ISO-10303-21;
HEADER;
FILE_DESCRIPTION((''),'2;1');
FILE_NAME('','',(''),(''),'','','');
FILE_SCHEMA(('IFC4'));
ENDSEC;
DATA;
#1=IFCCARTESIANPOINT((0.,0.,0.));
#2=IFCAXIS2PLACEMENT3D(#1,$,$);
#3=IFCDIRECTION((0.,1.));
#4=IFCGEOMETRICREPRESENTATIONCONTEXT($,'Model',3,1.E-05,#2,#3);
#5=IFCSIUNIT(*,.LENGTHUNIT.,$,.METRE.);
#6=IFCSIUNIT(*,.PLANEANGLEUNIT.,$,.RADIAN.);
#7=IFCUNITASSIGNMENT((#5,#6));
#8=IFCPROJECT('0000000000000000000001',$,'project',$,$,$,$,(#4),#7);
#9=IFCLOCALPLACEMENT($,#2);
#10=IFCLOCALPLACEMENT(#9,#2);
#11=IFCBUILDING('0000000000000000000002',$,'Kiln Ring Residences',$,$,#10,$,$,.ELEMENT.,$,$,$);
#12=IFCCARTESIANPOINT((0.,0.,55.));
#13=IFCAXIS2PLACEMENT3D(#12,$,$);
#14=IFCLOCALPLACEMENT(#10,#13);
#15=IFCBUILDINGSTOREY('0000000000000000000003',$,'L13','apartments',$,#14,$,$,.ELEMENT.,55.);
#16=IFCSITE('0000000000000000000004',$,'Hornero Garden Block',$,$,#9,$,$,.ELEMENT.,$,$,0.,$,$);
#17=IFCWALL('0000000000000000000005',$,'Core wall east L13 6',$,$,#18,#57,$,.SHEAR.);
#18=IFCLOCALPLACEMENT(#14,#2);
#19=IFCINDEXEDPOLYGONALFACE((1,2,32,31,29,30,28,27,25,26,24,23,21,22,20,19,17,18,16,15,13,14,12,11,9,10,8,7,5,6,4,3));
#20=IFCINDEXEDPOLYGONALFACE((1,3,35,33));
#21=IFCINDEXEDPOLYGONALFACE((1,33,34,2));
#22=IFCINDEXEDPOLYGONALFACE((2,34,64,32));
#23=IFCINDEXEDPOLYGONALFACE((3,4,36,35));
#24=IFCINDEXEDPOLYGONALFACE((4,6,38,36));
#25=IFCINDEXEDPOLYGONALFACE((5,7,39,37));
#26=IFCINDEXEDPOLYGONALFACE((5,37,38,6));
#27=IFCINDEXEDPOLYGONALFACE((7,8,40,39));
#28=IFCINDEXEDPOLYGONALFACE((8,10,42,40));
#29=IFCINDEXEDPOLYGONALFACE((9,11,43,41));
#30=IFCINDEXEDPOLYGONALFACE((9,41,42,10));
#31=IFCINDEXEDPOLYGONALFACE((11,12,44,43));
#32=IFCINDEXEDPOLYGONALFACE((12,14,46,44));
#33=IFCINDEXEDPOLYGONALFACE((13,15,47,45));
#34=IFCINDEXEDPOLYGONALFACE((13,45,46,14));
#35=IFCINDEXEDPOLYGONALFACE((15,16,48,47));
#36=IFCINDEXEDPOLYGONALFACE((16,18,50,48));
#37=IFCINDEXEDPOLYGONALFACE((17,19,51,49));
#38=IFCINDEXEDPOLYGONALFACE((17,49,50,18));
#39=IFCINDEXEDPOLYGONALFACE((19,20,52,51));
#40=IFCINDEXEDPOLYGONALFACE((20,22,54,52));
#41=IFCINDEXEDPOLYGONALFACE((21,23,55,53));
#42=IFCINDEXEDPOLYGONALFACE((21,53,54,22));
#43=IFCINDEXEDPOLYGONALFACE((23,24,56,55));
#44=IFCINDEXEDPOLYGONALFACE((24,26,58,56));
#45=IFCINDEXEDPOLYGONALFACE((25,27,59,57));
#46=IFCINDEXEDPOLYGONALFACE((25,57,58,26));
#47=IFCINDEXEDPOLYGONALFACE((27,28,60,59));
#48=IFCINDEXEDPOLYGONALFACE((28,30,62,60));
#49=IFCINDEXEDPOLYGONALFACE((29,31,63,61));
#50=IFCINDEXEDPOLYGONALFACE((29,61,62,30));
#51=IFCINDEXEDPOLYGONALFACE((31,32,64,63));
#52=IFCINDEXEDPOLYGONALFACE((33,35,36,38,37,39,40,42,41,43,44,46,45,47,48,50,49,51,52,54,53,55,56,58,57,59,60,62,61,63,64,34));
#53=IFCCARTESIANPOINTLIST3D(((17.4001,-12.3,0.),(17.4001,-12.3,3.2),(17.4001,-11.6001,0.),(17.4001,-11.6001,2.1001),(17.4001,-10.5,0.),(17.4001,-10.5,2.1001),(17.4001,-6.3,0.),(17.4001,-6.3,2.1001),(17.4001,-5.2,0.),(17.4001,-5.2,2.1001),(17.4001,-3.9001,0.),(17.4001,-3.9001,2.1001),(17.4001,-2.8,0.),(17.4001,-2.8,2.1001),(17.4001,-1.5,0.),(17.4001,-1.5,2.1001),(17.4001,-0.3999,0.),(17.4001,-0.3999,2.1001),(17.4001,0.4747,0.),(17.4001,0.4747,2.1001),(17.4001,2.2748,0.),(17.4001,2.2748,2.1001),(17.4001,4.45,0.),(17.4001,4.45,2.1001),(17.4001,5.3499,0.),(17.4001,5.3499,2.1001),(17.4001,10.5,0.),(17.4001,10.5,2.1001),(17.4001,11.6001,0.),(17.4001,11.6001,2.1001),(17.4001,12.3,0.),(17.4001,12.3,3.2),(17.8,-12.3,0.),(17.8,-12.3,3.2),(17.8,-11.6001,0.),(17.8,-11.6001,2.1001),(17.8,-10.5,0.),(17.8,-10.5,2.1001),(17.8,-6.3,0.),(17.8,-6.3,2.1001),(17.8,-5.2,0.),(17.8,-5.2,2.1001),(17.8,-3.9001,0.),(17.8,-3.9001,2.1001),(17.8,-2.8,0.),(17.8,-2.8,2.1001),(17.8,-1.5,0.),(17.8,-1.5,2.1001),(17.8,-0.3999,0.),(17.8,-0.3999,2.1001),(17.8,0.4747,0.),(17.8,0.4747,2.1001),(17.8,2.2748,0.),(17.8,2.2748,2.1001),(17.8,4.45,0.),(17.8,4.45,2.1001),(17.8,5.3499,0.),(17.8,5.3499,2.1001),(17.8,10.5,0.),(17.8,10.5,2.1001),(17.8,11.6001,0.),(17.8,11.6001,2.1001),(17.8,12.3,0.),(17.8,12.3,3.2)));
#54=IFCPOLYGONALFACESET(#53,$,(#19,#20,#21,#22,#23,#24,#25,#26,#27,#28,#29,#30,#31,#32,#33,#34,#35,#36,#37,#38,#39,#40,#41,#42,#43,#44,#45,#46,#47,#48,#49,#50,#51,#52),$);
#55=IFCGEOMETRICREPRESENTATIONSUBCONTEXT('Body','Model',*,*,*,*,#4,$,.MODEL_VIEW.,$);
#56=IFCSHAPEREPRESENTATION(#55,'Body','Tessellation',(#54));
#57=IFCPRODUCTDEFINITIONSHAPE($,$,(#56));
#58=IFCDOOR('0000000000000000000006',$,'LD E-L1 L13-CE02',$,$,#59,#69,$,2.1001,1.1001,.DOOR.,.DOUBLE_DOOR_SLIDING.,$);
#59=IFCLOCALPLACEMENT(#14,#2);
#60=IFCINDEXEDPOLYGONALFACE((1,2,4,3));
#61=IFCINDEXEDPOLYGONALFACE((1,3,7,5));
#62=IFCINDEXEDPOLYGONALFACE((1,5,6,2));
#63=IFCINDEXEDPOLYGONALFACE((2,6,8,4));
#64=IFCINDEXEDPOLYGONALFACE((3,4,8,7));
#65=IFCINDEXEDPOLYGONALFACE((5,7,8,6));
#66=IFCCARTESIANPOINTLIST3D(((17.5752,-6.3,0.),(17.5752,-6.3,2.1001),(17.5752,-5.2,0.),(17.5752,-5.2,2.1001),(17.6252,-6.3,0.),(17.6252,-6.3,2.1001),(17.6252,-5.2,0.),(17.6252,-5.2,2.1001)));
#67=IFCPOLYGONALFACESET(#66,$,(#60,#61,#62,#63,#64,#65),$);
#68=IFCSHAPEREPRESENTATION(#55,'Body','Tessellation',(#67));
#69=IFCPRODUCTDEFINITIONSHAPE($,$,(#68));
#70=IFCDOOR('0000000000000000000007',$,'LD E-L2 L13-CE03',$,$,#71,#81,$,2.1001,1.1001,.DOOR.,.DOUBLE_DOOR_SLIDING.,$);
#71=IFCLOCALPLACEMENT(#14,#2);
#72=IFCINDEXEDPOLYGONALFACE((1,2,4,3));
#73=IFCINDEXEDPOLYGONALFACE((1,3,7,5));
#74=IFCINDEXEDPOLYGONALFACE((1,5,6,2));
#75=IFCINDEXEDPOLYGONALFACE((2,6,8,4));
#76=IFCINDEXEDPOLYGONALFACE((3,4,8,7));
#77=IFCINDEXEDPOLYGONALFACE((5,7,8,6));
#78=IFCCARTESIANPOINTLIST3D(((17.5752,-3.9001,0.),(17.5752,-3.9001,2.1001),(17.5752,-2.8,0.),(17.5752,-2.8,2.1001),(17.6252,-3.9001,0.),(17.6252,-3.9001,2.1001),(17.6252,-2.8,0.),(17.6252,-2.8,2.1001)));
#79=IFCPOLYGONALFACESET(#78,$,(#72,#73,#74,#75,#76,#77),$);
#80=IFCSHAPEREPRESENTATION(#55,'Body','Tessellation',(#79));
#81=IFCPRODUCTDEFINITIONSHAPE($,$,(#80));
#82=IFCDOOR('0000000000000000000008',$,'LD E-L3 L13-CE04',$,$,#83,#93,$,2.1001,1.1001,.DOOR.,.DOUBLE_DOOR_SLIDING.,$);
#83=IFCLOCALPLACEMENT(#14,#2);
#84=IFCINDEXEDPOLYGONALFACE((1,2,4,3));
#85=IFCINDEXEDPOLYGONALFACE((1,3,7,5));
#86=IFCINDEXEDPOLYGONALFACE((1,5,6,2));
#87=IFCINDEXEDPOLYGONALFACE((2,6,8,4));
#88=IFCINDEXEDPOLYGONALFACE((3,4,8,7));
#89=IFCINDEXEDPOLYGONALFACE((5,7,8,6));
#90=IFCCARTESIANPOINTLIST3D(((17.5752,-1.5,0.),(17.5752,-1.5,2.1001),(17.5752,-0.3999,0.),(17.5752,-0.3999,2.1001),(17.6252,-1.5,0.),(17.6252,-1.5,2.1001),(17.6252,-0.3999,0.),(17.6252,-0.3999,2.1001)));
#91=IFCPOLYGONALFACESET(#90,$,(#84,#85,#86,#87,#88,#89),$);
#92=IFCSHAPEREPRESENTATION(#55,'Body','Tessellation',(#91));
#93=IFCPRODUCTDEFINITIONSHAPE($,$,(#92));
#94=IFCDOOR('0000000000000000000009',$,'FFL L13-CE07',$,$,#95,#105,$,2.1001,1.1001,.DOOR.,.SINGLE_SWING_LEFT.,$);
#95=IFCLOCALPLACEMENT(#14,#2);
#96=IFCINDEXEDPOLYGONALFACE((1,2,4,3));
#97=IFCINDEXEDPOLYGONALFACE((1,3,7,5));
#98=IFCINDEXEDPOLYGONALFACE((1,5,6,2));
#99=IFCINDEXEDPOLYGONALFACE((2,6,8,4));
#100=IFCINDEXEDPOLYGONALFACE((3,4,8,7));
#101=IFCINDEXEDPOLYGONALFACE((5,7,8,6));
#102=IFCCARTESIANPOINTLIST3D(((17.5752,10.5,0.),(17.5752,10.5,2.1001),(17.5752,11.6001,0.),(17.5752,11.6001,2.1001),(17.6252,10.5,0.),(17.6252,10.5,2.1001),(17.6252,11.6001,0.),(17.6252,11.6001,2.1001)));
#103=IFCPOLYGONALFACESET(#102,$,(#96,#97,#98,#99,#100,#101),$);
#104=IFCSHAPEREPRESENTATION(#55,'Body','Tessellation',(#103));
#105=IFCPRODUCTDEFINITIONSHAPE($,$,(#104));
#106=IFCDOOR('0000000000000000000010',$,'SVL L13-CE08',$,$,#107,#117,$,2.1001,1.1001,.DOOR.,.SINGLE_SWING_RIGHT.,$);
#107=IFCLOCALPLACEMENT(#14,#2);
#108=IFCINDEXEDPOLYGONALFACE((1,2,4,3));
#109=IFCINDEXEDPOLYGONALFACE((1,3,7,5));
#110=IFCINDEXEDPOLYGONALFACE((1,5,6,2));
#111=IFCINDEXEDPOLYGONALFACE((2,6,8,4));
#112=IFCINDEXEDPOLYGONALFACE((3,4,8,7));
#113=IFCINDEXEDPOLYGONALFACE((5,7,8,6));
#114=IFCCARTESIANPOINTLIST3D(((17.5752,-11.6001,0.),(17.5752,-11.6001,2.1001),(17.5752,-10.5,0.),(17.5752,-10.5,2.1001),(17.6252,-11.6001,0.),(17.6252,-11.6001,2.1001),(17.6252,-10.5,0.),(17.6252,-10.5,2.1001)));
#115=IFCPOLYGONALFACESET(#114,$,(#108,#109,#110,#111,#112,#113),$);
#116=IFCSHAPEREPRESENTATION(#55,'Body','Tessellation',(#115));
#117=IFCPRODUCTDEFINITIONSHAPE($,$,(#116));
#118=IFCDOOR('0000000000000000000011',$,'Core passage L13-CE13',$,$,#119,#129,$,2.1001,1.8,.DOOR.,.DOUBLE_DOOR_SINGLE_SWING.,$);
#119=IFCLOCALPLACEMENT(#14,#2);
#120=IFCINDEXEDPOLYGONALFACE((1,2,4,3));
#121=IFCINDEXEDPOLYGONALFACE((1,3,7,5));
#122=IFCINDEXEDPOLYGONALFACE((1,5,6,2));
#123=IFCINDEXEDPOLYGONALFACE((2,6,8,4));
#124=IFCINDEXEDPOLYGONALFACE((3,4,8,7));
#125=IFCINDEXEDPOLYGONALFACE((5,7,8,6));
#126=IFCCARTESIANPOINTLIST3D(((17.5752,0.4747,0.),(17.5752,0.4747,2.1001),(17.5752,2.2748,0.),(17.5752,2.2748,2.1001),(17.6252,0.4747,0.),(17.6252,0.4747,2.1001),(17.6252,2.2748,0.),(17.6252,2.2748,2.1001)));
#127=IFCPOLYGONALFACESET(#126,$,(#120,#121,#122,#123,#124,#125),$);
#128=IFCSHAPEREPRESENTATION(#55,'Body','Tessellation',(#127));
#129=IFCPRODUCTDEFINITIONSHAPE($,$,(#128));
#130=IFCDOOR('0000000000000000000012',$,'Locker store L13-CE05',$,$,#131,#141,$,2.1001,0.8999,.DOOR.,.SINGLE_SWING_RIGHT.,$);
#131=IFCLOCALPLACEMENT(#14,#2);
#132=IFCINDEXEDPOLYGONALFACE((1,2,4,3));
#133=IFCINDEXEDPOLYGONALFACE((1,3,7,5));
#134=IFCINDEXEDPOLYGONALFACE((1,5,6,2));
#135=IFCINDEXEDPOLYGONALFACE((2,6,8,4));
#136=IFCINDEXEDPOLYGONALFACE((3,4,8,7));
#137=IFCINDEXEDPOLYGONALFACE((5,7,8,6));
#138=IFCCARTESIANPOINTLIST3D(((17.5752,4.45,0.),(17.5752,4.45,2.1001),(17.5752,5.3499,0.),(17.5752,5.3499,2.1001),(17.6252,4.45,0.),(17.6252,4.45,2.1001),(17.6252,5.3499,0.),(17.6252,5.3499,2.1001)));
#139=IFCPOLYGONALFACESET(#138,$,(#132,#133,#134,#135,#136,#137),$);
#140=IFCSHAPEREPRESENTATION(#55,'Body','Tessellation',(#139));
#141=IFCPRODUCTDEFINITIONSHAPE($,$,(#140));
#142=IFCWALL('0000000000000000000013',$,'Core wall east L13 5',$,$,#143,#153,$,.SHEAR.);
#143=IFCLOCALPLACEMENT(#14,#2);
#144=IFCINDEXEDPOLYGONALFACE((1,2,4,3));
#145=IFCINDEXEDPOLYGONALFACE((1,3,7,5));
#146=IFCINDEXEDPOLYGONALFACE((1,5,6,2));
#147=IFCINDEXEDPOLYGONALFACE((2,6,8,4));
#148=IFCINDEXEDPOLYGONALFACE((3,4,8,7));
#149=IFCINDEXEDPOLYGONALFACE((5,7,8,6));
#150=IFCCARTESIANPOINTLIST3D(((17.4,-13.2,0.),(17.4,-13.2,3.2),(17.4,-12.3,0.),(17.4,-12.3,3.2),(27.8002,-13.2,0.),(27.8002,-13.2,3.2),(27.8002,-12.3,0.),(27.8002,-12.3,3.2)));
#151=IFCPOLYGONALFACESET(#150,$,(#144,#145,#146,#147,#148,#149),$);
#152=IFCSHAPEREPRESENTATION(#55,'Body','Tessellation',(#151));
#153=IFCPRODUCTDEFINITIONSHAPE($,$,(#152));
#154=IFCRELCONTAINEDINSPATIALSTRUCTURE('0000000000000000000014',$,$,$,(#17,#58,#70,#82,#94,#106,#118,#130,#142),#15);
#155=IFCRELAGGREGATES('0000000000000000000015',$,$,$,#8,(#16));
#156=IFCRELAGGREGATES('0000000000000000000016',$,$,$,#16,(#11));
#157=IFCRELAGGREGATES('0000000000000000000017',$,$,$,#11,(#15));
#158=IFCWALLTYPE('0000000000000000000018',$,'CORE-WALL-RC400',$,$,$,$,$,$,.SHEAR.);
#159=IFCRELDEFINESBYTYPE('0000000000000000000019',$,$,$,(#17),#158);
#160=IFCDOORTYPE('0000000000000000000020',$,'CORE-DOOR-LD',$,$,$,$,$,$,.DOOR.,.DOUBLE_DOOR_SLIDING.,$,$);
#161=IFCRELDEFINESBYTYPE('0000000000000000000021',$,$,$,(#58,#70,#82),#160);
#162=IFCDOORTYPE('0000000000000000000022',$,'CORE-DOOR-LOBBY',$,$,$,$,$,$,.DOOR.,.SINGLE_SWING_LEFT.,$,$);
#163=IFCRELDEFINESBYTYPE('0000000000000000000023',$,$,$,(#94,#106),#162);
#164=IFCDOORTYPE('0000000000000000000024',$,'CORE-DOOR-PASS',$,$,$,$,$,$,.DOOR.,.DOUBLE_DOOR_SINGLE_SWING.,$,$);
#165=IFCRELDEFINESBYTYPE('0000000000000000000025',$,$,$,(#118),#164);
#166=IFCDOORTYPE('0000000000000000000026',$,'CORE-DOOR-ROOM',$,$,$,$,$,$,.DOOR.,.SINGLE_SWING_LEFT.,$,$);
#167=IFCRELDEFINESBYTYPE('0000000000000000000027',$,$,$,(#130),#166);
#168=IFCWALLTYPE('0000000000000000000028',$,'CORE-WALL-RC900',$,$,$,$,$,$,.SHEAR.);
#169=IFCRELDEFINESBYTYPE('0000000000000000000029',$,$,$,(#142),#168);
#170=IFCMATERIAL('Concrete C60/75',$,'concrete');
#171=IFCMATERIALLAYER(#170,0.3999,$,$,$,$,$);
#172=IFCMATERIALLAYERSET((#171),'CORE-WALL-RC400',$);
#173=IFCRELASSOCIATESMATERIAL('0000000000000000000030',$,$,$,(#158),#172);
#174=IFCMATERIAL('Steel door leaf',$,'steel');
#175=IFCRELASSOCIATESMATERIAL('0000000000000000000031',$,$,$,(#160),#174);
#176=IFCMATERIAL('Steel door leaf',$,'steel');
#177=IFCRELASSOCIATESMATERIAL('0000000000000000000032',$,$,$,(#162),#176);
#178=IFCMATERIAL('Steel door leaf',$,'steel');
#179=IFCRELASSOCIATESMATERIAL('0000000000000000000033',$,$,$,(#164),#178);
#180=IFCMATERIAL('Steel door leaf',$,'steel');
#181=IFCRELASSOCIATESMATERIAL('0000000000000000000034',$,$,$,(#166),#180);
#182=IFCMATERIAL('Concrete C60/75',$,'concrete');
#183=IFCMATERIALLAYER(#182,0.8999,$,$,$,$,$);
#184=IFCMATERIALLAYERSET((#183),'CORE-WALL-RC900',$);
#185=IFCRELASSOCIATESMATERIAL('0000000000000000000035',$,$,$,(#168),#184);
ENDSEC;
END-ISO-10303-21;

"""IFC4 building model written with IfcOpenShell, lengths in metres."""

from ifc_helpers import new_model, si_unit, direction, frame, frame_2d, origin, place, context, subcontext, project, spatial, rectangle, extrude, material, layer, layer_set, type_object, element, fill, save


model = new_model("IFC4")

# Units and contexts
model_context = context("Model", 3, precision=1e-05, world=origin(), true_north=direction((0.0, 1.0)))
body_context = subcontext(model_context, "Body", "Model", "MODEL_VIEW")
ifc_project = project(units=[si_unit("LENGTHUNIT", "METRE"), si_unit("PLANEANGLEUNIT", "RADIAN")], contexts=[model_context])

# Site, building, storey
site_placement = place(None, origin())
site = spatial("IfcSite", under=ifc_project, at=site_placement, Name="Hornero Garden Block", CompositionType="ELEMENT", RefElevation=0.0)
building_placement = place(site_placement, origin())
building = spatial("IfcBuilding", under=site, at=building_placement, Name="Kiln Ring Residences", CompositionType="ELEMENT")
storey_placement = place(building_placement, frame((0.0, 0.0, 55.0)))
storey = spatial("IfcBuildingStorey", under=building, at=storey_placement, Name="L13", Description="apartments", CompositionType="ELEMENT", Elevation=55.0)

# Wall, openings, doors
ifc_material_1 = material(Name="Concrete C60/75", Category="concrete")
ifc_layer_1 = layer(ifc_material_1, 0.3999)
ifc_layer_set_1 = layer_set([ifc_layer_1], Name="CORE-WALL-RC400")
wall_type_1 = type_object("IfcWallType", Name="CORE-WALL-RC400", PredefinedType="SHEAR", material=ifc_layer_set_1)
wall_1_placement = place(storey_placement, frame((17.6001, -12.3, 0.0), z_axis=(0.0, 0.0, 1.0), x_axis=(0.0, 1.0, 0.0)))
wall_1 = element("IfcWall", 1, at=wall_1_placement, inside=storey, type_object=wall_type_1, Name="Core wall east L13 6", PredefinedType="SHEAR", context=body_context, shape_type="SweptSolid", body=[
    extrude(rectangle(XDim=24.6001, YDim=0.3999, at=frame_2d((12.3, 0.0))), origin(), (0.0, 0.0, 1.0), 3.2),
])
opening_1_placement = place(wall_1_placement, frame((6.0, 0.0, 0.0)))
opening_1 = element("IfcOpeningElement", 2, at=opening_1_placement, cuts=wall_1, PredefinedType="OPENING", context=body_context, shape_type="SweptSolid", body=[
    extrude(rectangle(XDim=1.1001, YDim=2.1001, at=frame_2d((0.55, 1.05))), frame((0.0, 0.21, 0.0), z_axis=(0.0, -1.0, 0.0), x_axis=(1.0, 0.0, 0.0)), (0.0, 0.0, 1.0), 0.4199),
])
opening_2_placement = place(wall_1_placement, frame((8.3999, 0.0, 0.0)))
opening_2 = element("IfcOpeningElement", 3, at=opening_2_placement, cuts=wall_1, PredefinedType="OPENING", context=body_context, shape_type="SweptSolid", body=[
    extrude(rectangle(XDim=1.1001, YDim=2.1001, at=frame_2d((0.55, 1.05))), frame((0.0, 0.21, 0.0), z_axis=(0.0, -1.0, 0.0), x_axis=(1.0, 0.0, 0.0)), (0.0, 0.0, 1.0), 0.4199),
])
opening_3_placement = place(wall_1_placement, frame((10.8, 0.0, 0.0)))
opening_3 = element("IfcOpeningElement", 4, at=opening_3_placement, cuts=wall_1, PredefinedType="OPENING", context=body_context, shape_type="SweptSolid", body=[
    extrude(rectangle(XDim=1.1001, YDim=2.1001, at=frame_2d((0.55, 1.05))), frame((0.0, 0.21, 0.0), z_axis=(0.0, -1.0, 0.0), x_axis=(1.0, 0.0, 0.0)), (0.0, 0.0, 1.0), 0.4199),
])
opening_4_placement = place(wall_1_placement, frame((16.75, 0.0, 0.0)))
opening_4 = element("IfcOpeningElement", 5, at=opening_4_placement, cuts=wall_1, PredefinedType="OPENING", context=body_context, shape_type="SweptSolid", body=[
    extrude(rectangle(XDim=0.8999, YDim=2.1001, at=frame_2d((0.45, 1.05))), frame((0.0, 0.21, 0.0), z_axis=(0.0, -1.0, 0.0), x_axis=(1.0, 0.0, 0.0)), (0.0, 0.0, 1.0), 0.4199),
])
opening_5_placement = place(wall_1_placement, frame((22.8, 0.0, 0.0)))
opening_5 = element("IfcOpeningElement", 6, at=opening_5_placement, cuts=wall_1, PredefinedType="OPENING", context=body_context, shape_type="SweptSolid", body=[
    extrude(rectangle(XDim=1.1001, YDim=2.1001, at=frame_2d((0.55, 1.05))), frame((0.0, 0.21, 0.0), z_axis=(0.0, -1.0, 0.0), x_axis=(1.0, 0.0, 0.0)), (0.0, 0.0, 1.0), 0.4199),
])
opening_6_placement = place(wall_1_placement, frame((0.7, 0.0, 0.0)))
opening_6 = element("IfcOpeningElement", 7, at=opening_6_placement, cuts=wall_1, PredefinedType="OPENING", context=body_context, shape_type="SweptSolid", body=[
    extrude(rectangle(XDim=1.1001, YDim=2.1001, at=frame_2d((0.55, 1.05))), frame((0.0, 0.21, 0.0), z_axis=(0.0, -1.0, 0.0), x_axis=(1.0, 0.0, 0.0)), (0.0, 0.0, 1.0), 0.4199),
])
opening_7_placement = place(wall_1_placement, frame((12.7749, 0.0, 0.0)))
opening_7 = element("IfcOpeningElement", 8, at=opening_7_placement, cuts=wall_1, PredefinedType="OPENING", context=body_context, shape_type="SweptSolid", body=[
    extrude(rectangle(XDim=1.8, YDim=2.1001, at=frame_2d((0.8999, 1.05))), frame((0.0, 0.21, 0.0), z_axis=(0.0, -1.0, 0.0), x_axis=(1.0, 0.0, 0.0)), (0.0, 0.0, 1.0), 0.4199),
])
ifc_material_2 = material(Name="Steel door leaf", Category="steel")
door_type_1 = type_object("IfcDoorType", Name="CORE-DOOR-LD", OperationType="DOUBLE_DOOR_SLIDING", PredefinedType="DOOR", material=ifc_material_2)
door_1_placement = place(opening_1_placement, origin())
door_1 = element("IfcDoor", 9, at=door_1_placement, inside=storey, type_object=door_type_1, Name="LD E-L1 L13-CE02", OperationType="DOUBLE_DOOR_SLIDING", OverallHeight=2.1001, OverallWidth=1.1001, PredefinedType="DOOR", context=body_context, shape_type="SweptSolid", body=[
    extrude(rectangle(XDim=1.1001, YDim=2.1001, at=frame_2d((0.55, 1.05))), frame((0.0, 0.0249, 0.0), z_axis=(0.0, -1.0, 0.0), x_axis=(1.0, 0.0, 0.0)), (0.0, 0.0, 1.0), 0.05),
])
fill(opening_1, door_1)
door_2_placement = place(opening_2_placement, origin())
door_2 = element("IfcDoor", 10, at=door_2_placement, inside=storey, type_object=door_type_1, Name="LD E-L2 L13-CE03", OperationType="DOUBLE_DOOR_SLIDING", OverallHeight=2.1001, OverallWidth=1.1001, PredefinedType="DOOR", context=body_context, shape_type="SweptSolid", body=[
    extrude(rectangle(XDim=1.1001, YDim=2.1001, at=frame_2d((0.55, 1.05))), frame((0.0, 0.0249, 0.0), z_axis=(0.0, -1.0, 0.0), x_axis=(1.0, 0.0, 0.0)), (0.0, 0.0, 1.0), 0.05),
])
fill(opening_2, door_2)
door_3_placement = place(opening_3_placement, origin())
door_3 = element("IfcDoor", 11, at=door_3_placement, inside=storey, type_object=door_type_1, Name="LD E-L3 L13-CE04", OperationType="DOUBLE_DOOR_SLIDING", OverallHeight=2.1001, OverallWidth=1.1001, PredefinedType="DOOR", context=body_context, shape_type="SweptSolid", body=[
    extrude(rectangle(XDim=1.1001, YDim=2.1001, at=frame_2d((0.55, 1.05))), frame((0.0, 0.0249, 0.0), z_axis=(0.0, -1.0, 0.0), x_axis=(1.0, 0.0, 0.0)), (0.0, 0.0, 1.0), 0.05),
])
fill(opening_3, door_3)
ifc_material_3 = material(Name="Steel door leaf", Category="steel")
door_type_2 = type_object("IfcDoorType", Name="CORE-DOOR-LOBBY", OperationType="SINGLE_SWING_LEFT", PredefinedType="DOOR", material=ifc_material_3)
door_4_placement = place(opening_5_placement, origin())
door_4 = element("IfcDoor", 12, at=door_4_placement, inside=storey, type_object=door_type_2, Name="FFL L13-CE07", OperationType="SINGLE_SWING_LEFT", OverallHeight=2.1001, OverallWidth=1.1001, PredefinedType="DOOR", context=body_context, shape_type="SweptSolid", body=[
    extrude(rectangle(XDim=1.1001, YDim=2.1001, at=frame_2d((0.55, 1.05))), frame((0.0, 0.0249, 0.0), z_axis=(0.0, -1.0, 0.0), x_axis=(1.0, 0.0, 0.0)), (0.0, 0.0, 1.0), 0.05),
])
fill(opening_5, door_4)
door_5_placement = place(opening_6_placement, origin())
door_5 = element("IfcDoor", 13, at=door_5_placement, inside=storey, type_object=door_type_2, Name="SVL L13-CE08", OperationType="SINGLE_SWING_RIGHT", OverallHeight=2.1001, OverallWidth=1.1001, PredefinedType="DOOR", context=body_context, shape_type="SweptSolid", body=[
    extrude(rectangle(XDim=1.1001, YDim=2.1001, at=frame_2d((0.55, 1.05))), frame((0.0, 0.0249, 0.0), z_axis=(0.0, -1.0, 0.0), x_axis=(1.0, 0.0, 0.0)), (0.0, 0.0, 1.0), 0.05),
])
fill(opening_6, door_5)
ifc_material_4 = material(Name="Steel door leaf", Category="steel")
door_type_3 = type_object("IfcDoorType", Name="CORE-DOOR-PASS", OperationType="DOUBLE_DOOR_SINGLE_SWING", PredefinedType="DOOR", material=ifc_material_4)
door_6_placement = place(opening_7_placement, origin())
door_6 = element("IfcDoor", 14, at=door_6_placement, inside=storey, type_object=door_type_3, Name="Core passage L13-CE13", OperationType="DOUBLE_DOOR_SINGLE_SWING", OverallHeight=2.1001, OverallWidth=1.8, PredefinedType="DOOR", context=body_context, shape_type="SweptSolid", body=[
    extrude(rectangle(XDim=1.8, YDim=2.1001, at=frame_2d((0.8999, 1.05))), frame((0.0, 0.0249, 0.0), z_axis=(0.0, -1.0, 0.0), x_axis=(1.0, 0.0, 0.0)), (0.0, 0.0, 1.0), 0.05),
])
fill(opening_7, door_6)
ifc_material_5 = material(Name="Steel door leaf", Category="steel")
door_type_4 = type_object("IfcDoorType", Name="CORE-DOOR-ROOM", OperationType="SINGLE_SWING_LEFT", PredefinedType="DOOR", material=ifc_material_5)
door_7_placement = place(opening_4_placement, origin())
door_7 = element("IfcDoor", 15, at=door_7_placement, inside=storey, type_object=door_type_4, Name="Locker store L13-CE05", OperationType="SINGLE_SWING_RIGHT", OverallHeight=2.1001, OverallWidth=0.8999, PredefinedType="DOOR", context=body_context, shape_type="SweptSolid", body=[
    extrude(rectangle(XDim=0.8999, YDim=2.1001, at=frame_2d((0.45, 1.05))), frame((0.0, 0.0249, 0.0), z_axis=(0.0, -1.0, 0.0), x_axis=(1.0, 0.0, 0.0)), (0.0, 0.0, 1.0), 0.05),
])
fill(opening_4, door_7)

# Wall
ifc_material_6 = material(Name="Concrete C60/75", Category="concrete")
ifc_layer_2 = layer(ifc_material_6, 0.8999)
ifc_layer_set_2 = layer_set([ifc_layer_2], Name="CORE-WALL-RC900")
wall_type_2 = type_object("IfcWallType", Name="CORE-WALL-RC900", PredefinedType="SHEAR", material=ifc_layer_set_2)
wall_2_placement = place(storey_placement, frame((17.3999, -12.75, 0.0), z_axis=(0.0, 0.0, 1.0), x_axis=(1.0, 0.0, 0.0)))
element("IfcWall", 16, at=wall_2_placement, inside=storey, type_object=wall_type_2, Name="Core wall east L13 5", PredefinedType="SHEAR", context=body_context, shape_type="SweptSolid", body=[
    extrude(rectangle(XDim=10.4001, YDim=0.8999, at=frame_2d((5.2002, 0.0))), origin(), (0.0, 0.0, 1.0), 3.2),
])

save(model, "model.ifc")
